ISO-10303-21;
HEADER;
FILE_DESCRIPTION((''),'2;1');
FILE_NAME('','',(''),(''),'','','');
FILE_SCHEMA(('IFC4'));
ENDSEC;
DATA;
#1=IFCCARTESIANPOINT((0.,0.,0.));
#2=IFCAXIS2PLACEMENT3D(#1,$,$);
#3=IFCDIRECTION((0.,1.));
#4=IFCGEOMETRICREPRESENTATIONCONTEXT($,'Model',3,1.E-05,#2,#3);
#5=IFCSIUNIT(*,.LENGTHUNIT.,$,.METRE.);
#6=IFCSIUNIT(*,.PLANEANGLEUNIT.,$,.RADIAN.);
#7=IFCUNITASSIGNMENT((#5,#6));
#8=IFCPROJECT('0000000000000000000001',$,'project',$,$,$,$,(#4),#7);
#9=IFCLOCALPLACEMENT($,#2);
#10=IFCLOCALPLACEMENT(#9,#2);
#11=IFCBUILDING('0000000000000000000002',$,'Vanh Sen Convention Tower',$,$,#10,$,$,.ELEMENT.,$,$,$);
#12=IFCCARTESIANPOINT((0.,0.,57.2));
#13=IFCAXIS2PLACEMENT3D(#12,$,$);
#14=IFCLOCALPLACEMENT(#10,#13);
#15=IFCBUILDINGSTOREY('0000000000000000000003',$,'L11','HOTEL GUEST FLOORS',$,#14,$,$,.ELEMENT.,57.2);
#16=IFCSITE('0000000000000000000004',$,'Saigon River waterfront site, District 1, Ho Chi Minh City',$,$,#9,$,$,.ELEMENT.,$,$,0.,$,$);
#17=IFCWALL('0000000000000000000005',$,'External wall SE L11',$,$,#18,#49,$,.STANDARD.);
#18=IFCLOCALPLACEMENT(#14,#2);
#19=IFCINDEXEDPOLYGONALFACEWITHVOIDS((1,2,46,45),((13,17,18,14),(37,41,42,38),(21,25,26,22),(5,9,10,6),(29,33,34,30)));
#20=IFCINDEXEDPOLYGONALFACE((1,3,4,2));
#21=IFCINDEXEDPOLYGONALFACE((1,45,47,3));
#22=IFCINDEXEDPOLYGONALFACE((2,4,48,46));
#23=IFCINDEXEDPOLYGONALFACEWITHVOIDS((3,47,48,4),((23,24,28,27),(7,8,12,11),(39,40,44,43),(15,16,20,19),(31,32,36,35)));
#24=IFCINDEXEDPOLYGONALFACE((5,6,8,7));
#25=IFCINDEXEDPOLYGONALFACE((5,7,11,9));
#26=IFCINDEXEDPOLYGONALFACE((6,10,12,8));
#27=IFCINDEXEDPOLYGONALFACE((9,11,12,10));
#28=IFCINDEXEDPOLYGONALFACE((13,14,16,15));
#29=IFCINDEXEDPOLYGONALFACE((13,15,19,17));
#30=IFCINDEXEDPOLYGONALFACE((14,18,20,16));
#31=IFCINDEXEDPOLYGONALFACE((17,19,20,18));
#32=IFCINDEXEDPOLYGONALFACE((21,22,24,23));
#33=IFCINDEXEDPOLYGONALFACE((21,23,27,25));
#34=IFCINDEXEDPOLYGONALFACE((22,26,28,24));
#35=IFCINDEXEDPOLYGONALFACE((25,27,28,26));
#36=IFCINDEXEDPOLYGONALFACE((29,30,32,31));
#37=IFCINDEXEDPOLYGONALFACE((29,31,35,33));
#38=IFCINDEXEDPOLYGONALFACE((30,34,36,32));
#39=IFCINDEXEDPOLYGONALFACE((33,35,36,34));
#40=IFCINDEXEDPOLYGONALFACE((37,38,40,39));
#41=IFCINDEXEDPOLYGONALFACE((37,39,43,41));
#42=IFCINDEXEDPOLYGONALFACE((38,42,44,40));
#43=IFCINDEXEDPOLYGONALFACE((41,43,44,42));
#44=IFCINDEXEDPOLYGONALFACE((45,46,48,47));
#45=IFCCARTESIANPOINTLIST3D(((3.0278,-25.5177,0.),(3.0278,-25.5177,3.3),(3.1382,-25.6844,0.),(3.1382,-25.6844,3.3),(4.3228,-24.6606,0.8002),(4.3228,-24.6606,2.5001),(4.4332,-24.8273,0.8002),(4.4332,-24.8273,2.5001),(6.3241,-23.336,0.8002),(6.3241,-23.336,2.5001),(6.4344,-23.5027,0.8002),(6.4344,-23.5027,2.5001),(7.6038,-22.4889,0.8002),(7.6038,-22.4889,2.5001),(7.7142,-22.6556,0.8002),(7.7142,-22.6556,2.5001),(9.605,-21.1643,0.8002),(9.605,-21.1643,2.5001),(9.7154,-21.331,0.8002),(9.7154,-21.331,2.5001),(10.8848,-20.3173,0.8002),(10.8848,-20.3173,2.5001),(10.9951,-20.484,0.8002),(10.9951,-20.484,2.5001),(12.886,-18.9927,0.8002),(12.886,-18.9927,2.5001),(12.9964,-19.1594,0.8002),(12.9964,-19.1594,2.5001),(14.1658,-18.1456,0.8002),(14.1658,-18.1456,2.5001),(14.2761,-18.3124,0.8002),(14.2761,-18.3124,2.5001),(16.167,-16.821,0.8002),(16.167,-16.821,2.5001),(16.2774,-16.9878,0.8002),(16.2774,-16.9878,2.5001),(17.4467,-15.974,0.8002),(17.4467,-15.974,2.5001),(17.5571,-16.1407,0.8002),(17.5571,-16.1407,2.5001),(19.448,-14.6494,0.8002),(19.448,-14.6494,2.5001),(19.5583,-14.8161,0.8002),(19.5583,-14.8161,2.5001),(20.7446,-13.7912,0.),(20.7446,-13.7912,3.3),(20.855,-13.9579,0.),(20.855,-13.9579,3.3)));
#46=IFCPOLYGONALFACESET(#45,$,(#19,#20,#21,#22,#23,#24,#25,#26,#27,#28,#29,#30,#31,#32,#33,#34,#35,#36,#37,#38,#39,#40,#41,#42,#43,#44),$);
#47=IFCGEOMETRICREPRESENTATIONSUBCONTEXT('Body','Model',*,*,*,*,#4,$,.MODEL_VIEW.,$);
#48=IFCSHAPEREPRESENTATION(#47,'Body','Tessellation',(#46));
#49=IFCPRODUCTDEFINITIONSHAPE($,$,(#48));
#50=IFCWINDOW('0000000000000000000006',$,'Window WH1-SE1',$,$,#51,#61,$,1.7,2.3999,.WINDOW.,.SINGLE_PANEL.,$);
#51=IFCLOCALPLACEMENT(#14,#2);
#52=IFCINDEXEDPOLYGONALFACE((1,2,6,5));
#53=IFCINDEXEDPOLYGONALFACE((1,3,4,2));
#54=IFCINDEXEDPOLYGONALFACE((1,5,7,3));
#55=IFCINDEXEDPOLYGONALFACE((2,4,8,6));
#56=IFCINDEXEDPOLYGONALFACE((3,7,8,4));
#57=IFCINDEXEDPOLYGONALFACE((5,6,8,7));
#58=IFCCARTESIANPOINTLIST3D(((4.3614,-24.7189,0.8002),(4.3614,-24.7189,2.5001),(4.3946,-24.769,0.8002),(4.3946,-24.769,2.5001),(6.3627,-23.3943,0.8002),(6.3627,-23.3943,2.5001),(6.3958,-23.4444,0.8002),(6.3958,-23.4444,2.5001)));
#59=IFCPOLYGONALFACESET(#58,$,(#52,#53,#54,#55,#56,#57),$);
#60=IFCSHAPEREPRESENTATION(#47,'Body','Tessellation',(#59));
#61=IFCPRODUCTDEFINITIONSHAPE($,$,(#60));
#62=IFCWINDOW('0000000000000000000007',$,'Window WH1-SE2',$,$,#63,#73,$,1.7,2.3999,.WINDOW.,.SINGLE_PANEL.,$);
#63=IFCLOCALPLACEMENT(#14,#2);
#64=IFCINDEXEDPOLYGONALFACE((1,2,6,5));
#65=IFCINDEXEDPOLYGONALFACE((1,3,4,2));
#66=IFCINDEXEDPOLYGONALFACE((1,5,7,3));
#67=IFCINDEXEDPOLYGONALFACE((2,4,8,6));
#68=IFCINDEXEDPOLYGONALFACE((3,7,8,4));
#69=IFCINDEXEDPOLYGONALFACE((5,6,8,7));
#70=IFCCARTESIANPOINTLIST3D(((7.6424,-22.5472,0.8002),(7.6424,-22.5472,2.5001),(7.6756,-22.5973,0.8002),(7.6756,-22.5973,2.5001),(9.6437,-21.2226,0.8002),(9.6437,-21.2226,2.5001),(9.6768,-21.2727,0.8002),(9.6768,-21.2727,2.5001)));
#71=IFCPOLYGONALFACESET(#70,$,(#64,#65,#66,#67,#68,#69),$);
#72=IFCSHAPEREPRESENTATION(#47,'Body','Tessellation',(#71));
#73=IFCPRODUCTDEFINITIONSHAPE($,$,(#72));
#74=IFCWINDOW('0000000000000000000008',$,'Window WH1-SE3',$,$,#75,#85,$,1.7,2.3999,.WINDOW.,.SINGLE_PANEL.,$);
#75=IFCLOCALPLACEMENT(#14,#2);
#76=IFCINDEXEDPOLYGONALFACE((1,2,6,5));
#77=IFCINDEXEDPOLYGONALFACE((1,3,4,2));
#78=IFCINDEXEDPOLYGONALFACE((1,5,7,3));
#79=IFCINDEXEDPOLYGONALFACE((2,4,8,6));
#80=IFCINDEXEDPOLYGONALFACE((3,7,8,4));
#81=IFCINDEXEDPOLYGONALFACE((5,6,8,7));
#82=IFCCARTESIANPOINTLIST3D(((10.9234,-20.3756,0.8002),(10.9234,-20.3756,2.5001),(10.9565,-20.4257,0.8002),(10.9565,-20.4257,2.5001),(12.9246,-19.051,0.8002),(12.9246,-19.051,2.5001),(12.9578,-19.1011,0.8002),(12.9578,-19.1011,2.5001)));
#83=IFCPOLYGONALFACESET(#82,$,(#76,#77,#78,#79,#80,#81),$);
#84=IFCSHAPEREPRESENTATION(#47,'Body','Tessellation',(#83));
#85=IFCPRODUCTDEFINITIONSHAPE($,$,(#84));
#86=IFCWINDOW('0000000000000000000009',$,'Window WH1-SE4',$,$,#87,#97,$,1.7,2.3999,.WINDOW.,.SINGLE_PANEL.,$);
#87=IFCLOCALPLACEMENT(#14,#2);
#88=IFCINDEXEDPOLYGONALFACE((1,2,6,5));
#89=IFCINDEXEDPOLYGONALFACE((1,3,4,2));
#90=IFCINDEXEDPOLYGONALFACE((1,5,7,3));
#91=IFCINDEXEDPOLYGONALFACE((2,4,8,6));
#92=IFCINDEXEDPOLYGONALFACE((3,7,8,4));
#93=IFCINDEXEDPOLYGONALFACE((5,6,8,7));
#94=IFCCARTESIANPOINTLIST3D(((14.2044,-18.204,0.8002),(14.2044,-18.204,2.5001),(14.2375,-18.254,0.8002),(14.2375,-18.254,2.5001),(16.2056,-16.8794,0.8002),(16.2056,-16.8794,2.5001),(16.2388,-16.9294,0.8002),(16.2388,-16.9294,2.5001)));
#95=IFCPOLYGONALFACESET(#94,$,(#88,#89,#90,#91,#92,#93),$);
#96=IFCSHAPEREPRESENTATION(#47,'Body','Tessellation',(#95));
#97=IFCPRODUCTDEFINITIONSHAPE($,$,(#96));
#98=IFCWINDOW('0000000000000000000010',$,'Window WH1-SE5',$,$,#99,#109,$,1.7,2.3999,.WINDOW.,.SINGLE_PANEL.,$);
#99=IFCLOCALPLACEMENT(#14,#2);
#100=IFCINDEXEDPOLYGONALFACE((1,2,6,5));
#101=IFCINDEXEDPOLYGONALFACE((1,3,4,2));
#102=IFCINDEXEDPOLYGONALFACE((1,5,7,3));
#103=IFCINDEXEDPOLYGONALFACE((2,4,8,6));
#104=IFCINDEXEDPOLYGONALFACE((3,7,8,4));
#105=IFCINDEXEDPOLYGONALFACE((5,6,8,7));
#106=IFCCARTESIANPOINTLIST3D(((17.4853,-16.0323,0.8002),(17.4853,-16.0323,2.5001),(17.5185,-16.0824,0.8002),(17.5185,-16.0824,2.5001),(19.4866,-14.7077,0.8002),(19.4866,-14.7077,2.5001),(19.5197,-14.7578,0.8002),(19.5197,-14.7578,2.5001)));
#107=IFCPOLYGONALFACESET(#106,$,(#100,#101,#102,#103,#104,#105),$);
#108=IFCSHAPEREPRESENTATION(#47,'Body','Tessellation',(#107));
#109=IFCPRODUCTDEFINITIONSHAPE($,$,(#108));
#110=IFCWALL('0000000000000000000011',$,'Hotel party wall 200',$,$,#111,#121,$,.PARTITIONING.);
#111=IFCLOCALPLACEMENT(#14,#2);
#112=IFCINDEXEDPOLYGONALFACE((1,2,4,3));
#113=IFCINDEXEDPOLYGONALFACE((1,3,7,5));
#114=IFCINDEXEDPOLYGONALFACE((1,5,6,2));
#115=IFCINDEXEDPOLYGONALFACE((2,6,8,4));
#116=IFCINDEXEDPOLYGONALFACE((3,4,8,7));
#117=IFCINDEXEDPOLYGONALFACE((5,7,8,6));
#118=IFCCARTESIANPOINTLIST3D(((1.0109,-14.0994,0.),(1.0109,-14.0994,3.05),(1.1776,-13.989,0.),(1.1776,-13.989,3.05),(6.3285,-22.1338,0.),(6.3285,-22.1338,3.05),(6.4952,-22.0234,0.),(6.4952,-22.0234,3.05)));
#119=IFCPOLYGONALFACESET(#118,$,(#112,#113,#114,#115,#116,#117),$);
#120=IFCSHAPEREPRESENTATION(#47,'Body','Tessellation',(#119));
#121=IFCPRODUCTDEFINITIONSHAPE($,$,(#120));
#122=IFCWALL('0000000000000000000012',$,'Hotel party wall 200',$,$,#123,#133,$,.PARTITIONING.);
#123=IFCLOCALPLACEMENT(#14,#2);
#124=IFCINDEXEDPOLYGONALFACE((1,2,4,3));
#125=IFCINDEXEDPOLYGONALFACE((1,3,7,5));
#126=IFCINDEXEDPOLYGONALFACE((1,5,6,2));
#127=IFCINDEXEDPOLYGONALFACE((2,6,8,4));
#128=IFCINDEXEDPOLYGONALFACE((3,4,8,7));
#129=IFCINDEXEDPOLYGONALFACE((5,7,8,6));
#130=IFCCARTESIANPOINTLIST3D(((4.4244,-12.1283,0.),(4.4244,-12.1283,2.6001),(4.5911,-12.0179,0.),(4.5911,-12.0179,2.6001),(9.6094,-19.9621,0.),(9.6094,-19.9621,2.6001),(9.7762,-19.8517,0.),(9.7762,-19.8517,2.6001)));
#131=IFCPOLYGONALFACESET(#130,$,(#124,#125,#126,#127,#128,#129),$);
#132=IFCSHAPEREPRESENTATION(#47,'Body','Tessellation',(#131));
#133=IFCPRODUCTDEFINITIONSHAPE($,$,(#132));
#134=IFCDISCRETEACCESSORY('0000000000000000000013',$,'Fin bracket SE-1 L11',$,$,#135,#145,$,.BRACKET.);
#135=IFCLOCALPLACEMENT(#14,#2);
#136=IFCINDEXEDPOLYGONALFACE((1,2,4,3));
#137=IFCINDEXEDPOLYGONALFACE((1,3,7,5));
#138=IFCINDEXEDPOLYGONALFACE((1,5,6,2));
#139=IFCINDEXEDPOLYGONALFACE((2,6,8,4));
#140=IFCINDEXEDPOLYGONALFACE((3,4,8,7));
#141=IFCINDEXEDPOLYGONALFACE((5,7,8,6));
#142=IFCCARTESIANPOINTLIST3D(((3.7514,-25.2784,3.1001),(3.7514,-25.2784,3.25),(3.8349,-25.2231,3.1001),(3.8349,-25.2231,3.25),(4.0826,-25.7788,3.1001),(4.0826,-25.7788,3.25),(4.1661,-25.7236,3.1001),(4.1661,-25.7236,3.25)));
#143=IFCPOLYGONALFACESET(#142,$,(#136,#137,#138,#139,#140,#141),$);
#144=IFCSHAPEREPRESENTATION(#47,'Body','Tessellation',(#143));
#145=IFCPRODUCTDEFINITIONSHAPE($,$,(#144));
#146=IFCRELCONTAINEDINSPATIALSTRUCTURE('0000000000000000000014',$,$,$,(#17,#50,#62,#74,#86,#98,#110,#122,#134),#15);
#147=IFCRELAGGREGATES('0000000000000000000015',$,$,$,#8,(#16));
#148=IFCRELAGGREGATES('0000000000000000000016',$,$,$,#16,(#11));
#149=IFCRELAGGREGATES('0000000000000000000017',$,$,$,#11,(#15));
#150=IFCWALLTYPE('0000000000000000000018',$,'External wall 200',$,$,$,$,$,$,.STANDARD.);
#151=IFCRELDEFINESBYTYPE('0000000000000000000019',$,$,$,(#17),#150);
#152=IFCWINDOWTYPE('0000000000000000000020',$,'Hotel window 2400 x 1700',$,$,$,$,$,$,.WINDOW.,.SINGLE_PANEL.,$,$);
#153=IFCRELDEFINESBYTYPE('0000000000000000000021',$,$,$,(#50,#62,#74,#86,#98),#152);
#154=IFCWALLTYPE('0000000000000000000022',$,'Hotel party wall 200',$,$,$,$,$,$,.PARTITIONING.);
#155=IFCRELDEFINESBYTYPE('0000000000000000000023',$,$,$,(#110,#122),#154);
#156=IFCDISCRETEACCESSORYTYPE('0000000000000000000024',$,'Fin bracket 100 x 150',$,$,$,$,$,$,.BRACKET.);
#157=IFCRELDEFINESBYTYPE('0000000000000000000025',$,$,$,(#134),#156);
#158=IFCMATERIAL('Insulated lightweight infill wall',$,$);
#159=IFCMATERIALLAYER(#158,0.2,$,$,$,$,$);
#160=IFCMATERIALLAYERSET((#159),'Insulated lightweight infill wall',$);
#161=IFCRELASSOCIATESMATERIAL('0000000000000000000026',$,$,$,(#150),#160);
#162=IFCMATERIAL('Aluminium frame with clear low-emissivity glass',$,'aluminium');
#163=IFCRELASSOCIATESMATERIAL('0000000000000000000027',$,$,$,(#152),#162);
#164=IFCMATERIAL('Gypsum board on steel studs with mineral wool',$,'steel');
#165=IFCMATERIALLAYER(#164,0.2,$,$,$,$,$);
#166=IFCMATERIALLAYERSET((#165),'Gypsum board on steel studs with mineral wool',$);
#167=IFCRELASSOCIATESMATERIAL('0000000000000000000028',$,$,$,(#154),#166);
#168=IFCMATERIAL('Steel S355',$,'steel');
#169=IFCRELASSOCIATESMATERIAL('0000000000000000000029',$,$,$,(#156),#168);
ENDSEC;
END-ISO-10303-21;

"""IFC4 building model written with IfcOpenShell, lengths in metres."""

from ifc_helpers import new_model, si_unit, direction, frame, frame_2d, origin, origin_2d, place, context, subcontext, project, spatial, rectangle, extrude, material, layer, layer_set, type_object, element, fill, save


model = new_model("IFC4")

# Units and contexts
model_context = context("Model", 3, precision=1e-05, world=origin(), true_north=direction((0.0, 1.0)))
body_context = subcontext(model_context, "Body", "Model", "MODEL_VIEW")
ifc_project = project(units=[si_unit("LENGTHUNIT", "METRE"), si_unit("PLANEANGLEUNIT", "RADIAN")], contexts=[model_context])

# Site, building, storey
site_placement = place(None, origin())
site = spatial("IfcSite", under=ifc_project, at=site_placement, Name="Saigon River waterfront site, District 1, Ho Chi Minh City", CompositionType="ELEMENT", RefElevation=0.0)
building_placement = place(site_placement, origin())
building = spatial("IfcBuilding", under=site, at=building_placement, Name="Vanh Sen Convention Tower", CompositionType="ELEMENT")
storey_placement = place(building_placement, frame((0.0, 0.0, 57.2)))
storey = spatial("IfcBuildingStorey", under=building, at=storey_placement, Name="L11", Description="HOTEL GUEST FLOORS", CompositionType="ELEMENT", Elevation=57.2)

# Shared definitions
ifc_material_1 = material(Name="Gypsum board on steel studs with mineral wool", Category="steel")

# Wall, openings, windows
ifc_material_2 = material(Name="Insulated lightweight infill wall")
ifc_layer_1 = layer(ifc_material_2, 0.2)
ifc_layer_set_1 = layer_set([ifc_layer_1], Name="Insulated lightweight infill wall")
wall_type_1 = type_object("IfcWallType", Name="External wall 200", PredefinedType="STANDARD", material=ifc_layer_set_1)
wall_1_placement = place(storey_placement, frame((3.083, -25.6011, 0.0), z_axis=(0.0, 0.0, 1.0), x_axis=(0.833884, 0.551939, 0.0)))
wall_1 = element("IfcWall", 1, at=wall_1_placement, inside=storey, type_object=wall_type_1, Name="External wall SE L11", PredefinedType="STANDARD", context=body_context, shape_type="SweptSolid", body=[
    extrude(rectangle(XDim=21.2461, YDim=0.2, at=frame_2d((10.623, 0.0))), origin(), (0.0, 0.0, 1.0), 3.3),
])
opening_1_placement = place(wall_1_placement, frame((1.553, 0.0, 0.8)))
opening_1 = element("IfcOpeningElement", 2, at=opening_1_placement, cuts=wall_1, PredefinedType="OPENING", context=body_context, shape_type="SweptSolid", body=[
    extrude(rectangle(XDim=2.3999, YDim=1.7, at=frame_2d((1.2, 0.8501))), frame((0.0, 0.1099, 0.0), z_axis=(0.0, -1.0, 0.0), x_axis=(1.0, 0.0, 0.0)), (0.0, 0.0, 1.0), 0.22),
])
opening_2_placement = place(wall_1_placement, frame((5.4875, 0.0, 0.8)))
opening_2 = element("IfcOpeningElement", 3, at=opening_2_placement, cuts=wall_1, PredefinedType="OPENING", context=body_context, shape_type="SweptSolid", body=[
    extrude(rectangle(XDim=2.3999, YDim=1.7, at=frame_2d((1.2, 0.8501))), frame((0.0, 0.1099, 0.0), z_axis=(0.0, -1.0, 0.0), x_axis=(1.0, 0.0, 0.0)), (0.0, 0.0, 1.0), 0.22),
])
opening_3_placement = place(wall_1_placement, frame((9.4221, 0.0, 0.8)))
opening_3 = element("IfcOpeningElement", 4, at=opening_3_placement, cuts=wall_1, PredefinedType="OPENING", context=body_context, shape_type="SweptSolid", body=[
    extrude(rectangle(XDim=2.3999, YDim=1.7, at=frame_2d((1.2, 0.8501))), frame((0.0, 0.1099, 0.0), z_axis=(0.0, -1.0, 0.0), x_axis=(1.0, 0.0, 0.0)), (0.0, 0.0, 1.0), 0.22),
])
opening_4_placement = place(wall_1_placement, frame((13.3567, 0.0, 0.8)))
opening_4 = element("IfcOpeningElement", 5, at=opening_4_placement, cuts=wall_1, PredefinedType="OPENING", context=body_context, shape_type="SweptSolid", body=[
    extrude(rectangle(XDim=2.3999, YDim=1.7, at=frame_2d((1.2, 0.8501))), frame((0.0, 0.1099, 0.0), z_axis=(0.0, -1.0, 0.0), x_axis=(1.0, 0.0, 0.0)), (0.0, 0.0, 1.0), 0.22),
])
opening_5_placement = place(wall_1_placement, frame((17.2913, 0.0, 0.8)))
opening_5 = element("IfcOpeningElement", 6, at=opening_5_placement, cuts=wall_1, PredefinedType="OPENING", context=body_context, shape_type="SweptSolid", body=[
    extrude(rectangle(XDim=2.3999, YDim=1.7, at=frame_2d((1.2, 0.8501))), frame((0.0, 0.1099, 0.0), z_axis=(0.0, -1.0, 0.0), x_axis=(1.0, 0.0, 0.0)), (0.0, 0.0, 1.0), 0.22),
])
ifc_material_3 = material(Name="Aluminium frame with clear low-emissivity glass", Category="aluminium")
window_type = type_object("IfcWindowType", Name="Hotel window 2400 x 1700", PartitioningType="SINGLE_PANEL", PredefinedType="WINDOW", material=ifc_material_3)
window_1_placement = place(opening_1_placement, origin())
window_1 = element("IfcWindow", 7, at=window_1_placement, inside=storey, type_object=window_type, Name="Window WH1-SE1", OverallHeight=1.7, OverallWidth=2.3999, PartitioningType="SINGLE_PANEL", PredefinedType="WINDOW", context=body_context, shape_type="SweptSolid", body=[
    extrude(rectangle(XDim=2.3999, YDim=1.7, at=frame_2d((1.2, 0.8501))), frame((0.0, 0.03, 0.0), z_axis=(0.0, -1.0, 0.0), x_axis=(1.0, 0.0, 0.0)), (0.0, 0.0, 1.0), 0.0601),
])
fill(opening_1, window_1)
window_2_placement = place(opening_2_placement, origin())
window_2 = element("IfcWindow", 8, at=window_2_placement, inside=storey, type_object=window_type, Name="Window WH1-SE2", OverallHeight=1.7, OverallWidth=2.3999, PartitioningType="SINGLE_PANEL", PredefinedType="WINDOW", context=body_context, shape_type="SweptSolid", body=[
    extrude(rectangle(XDim=2.3999, YDim=1.7, at=frame_2d((1.2, 0.8501))), frame((0.0, 0.03, 0.0), z_axis=(0.0, -1.0, 0.0), x_axis=(1.0, 0.0, 0.0)), (0.0, 0.0, 1.0), 0.0601),
])
fill(opening_2, window_2)
window_3_placement = place(opening_3_placement, origin())
window_3 = element("IfcWindow", 9, at=window_3_placement, inside=storey, type_object=window_type, Name="Window WH1-SE3", OverallHeight=1.7, OverallWidth=2.3999, PartitioningType="SINGLE_PANEL", PredefinedType="WINDOW", context=body_context, shape_type="SweptSolid", body=[
    extrude(rectangle(XDim=2.3999, YDim=1.7, at=frame_2d((1.2, 0.8501))), frame((0.0, 0.03, 0.0), z_axis=(0.0, -1.0, 0.0), x_axis=(1.0, 0.0, 0.0)), (0.0, 0.0, 1.0), 0.0601),
])
fill(opening_3, window_3)
window_4_placement = place(opening_4_placement, origin())
window_4 = element("IfcWindow", 10, at=window_4_placement, inside=storey, type_object=window_type, Name="Window WH1-SE4", OverallHeight=1.7, OverallWidth=2.3999, PartitioningType="SINGLE_PANEL", PredefinedType="WINDOW", context=body_context, shape_type="SweptSolid", body=[
    extrude(rectangle(XDim=2.3999, YDim=1.7, at=frame_2d((1.2, 0.8501))), frame((0.0, 0.03, 0.0), z_axis=(0.0, -1.0, 0.0), x_axis=(1.0, 0.0, 0.0)), (0.0, 0.0, 1.0), 0.0601),
])
fill(opening_4, window_4)
window_5_placement = place(opening_5_placement, origin())
window_5 = element("IfcWindow", 11, at=window_5_placement, inside=storey, type_object=window_type, Name="Window WH1-SE5", OverallHeight=1.7, OverallWidth=2.3999, PartitioningType="SINGLE_PANEL", PredefinedType="WINDOW", context=body_context, shape_type="SweptSolid", body=[
    extrude(rectangle(XDim=2.3999, YDim=1.7, at=frame_2d((1.2, 0.8501))), frame((0.0, 0.03, 0.0), z_axis=(0.0, -1.0, 0.0), x_axis=(1.0, 0.0, 0.0)), (0.0, 0.0, 1.0), 0.0601),
])
fill(opening_5, window_5)

# Walls
ifc_layer_2 = layer(ifc_material_1, 0.2)
ifc_layer_set_2 = layer_set([ifc_layer_2], Name="Gypsum board on steel studs with mineral wool")
wall_type_2 = type_object("IfcWallType", Name="Hotel party wall 200", PredefinedType="PARTITIONING", material=ifc_layer_set_2)
wall_2_placement = place(storey_placement, frame((6.4119, -22.0786, 0.0), z_axis=(0.0, 0.0, 1.0), x_axis=(-0.55192, 0.833897, 0.0)))
element("IfcWall", 12, at=wall_2_placement, inside=storey, type_object=wall_type_2, Name="Hotel party wall 200", PredefinedType="PARTITIONING", context=body_context, shape_type="SweptSolid", body=[
    extrude(rectangle(XDim=9.6348, YDim=0.2, at=frame_2d((4.8174, 0.0))), origin(), (0.0, 0.0, 1.0), 3.05),
])
wall_3_placement = place(storey_placement, frame((9.6929, -19.907, 0.0), z_axis=(0.0, 0.0, 1.0), x_axis=(-0.551938, 0.833885, 0.0)))
element("IfcWall", 13, at=wall_3_placement, inside=storey, type_object=wall_type_2, Name="Hotel party wall 200", PredefinedType="PARTITIONING", context=body_context, shape_type="SweptSolid", body=[
    extrude(rectangle(XDim=9.3943, YDim=0.2, at=frame_2d((4.6973, 0.0))), origin(), (0.0, 0.0, 1.0), 2.6001),
])

# Discrete accessory
ifc_material_4 = material(Name="Steel S355", Category="steel")
discrete_accessory_type = type_object("IfcDiscreteAccessoryType", Name="Fin bracket 100 x 150", PredefinedType="BRACKET", material=ifc_material_4)
discrete_accessory_placement = place(storey_placement, frame((3.9587, -25.501, 3.1001), z_axis=(0.0, 0.0, 1.0), x_axis=(0.551937, -0.833886, 0.0)))
element("IfcDiscreteAccessory", 14, at=discrete_accessory_placement, inside=storey, type_object=discrete_accessory_type, Name="Fin bracket SE-1 L11", PredefinedType="BRACKET", context=body_context, shape_type="SweptSolid", body=[
    extrude(rectangle(XDim=0.6001, YDim=0.1001, at=origin_2d()), origin(), (0.0, 0.0, 1.0), 0.1499),
])

save(model, "model.ifc")
